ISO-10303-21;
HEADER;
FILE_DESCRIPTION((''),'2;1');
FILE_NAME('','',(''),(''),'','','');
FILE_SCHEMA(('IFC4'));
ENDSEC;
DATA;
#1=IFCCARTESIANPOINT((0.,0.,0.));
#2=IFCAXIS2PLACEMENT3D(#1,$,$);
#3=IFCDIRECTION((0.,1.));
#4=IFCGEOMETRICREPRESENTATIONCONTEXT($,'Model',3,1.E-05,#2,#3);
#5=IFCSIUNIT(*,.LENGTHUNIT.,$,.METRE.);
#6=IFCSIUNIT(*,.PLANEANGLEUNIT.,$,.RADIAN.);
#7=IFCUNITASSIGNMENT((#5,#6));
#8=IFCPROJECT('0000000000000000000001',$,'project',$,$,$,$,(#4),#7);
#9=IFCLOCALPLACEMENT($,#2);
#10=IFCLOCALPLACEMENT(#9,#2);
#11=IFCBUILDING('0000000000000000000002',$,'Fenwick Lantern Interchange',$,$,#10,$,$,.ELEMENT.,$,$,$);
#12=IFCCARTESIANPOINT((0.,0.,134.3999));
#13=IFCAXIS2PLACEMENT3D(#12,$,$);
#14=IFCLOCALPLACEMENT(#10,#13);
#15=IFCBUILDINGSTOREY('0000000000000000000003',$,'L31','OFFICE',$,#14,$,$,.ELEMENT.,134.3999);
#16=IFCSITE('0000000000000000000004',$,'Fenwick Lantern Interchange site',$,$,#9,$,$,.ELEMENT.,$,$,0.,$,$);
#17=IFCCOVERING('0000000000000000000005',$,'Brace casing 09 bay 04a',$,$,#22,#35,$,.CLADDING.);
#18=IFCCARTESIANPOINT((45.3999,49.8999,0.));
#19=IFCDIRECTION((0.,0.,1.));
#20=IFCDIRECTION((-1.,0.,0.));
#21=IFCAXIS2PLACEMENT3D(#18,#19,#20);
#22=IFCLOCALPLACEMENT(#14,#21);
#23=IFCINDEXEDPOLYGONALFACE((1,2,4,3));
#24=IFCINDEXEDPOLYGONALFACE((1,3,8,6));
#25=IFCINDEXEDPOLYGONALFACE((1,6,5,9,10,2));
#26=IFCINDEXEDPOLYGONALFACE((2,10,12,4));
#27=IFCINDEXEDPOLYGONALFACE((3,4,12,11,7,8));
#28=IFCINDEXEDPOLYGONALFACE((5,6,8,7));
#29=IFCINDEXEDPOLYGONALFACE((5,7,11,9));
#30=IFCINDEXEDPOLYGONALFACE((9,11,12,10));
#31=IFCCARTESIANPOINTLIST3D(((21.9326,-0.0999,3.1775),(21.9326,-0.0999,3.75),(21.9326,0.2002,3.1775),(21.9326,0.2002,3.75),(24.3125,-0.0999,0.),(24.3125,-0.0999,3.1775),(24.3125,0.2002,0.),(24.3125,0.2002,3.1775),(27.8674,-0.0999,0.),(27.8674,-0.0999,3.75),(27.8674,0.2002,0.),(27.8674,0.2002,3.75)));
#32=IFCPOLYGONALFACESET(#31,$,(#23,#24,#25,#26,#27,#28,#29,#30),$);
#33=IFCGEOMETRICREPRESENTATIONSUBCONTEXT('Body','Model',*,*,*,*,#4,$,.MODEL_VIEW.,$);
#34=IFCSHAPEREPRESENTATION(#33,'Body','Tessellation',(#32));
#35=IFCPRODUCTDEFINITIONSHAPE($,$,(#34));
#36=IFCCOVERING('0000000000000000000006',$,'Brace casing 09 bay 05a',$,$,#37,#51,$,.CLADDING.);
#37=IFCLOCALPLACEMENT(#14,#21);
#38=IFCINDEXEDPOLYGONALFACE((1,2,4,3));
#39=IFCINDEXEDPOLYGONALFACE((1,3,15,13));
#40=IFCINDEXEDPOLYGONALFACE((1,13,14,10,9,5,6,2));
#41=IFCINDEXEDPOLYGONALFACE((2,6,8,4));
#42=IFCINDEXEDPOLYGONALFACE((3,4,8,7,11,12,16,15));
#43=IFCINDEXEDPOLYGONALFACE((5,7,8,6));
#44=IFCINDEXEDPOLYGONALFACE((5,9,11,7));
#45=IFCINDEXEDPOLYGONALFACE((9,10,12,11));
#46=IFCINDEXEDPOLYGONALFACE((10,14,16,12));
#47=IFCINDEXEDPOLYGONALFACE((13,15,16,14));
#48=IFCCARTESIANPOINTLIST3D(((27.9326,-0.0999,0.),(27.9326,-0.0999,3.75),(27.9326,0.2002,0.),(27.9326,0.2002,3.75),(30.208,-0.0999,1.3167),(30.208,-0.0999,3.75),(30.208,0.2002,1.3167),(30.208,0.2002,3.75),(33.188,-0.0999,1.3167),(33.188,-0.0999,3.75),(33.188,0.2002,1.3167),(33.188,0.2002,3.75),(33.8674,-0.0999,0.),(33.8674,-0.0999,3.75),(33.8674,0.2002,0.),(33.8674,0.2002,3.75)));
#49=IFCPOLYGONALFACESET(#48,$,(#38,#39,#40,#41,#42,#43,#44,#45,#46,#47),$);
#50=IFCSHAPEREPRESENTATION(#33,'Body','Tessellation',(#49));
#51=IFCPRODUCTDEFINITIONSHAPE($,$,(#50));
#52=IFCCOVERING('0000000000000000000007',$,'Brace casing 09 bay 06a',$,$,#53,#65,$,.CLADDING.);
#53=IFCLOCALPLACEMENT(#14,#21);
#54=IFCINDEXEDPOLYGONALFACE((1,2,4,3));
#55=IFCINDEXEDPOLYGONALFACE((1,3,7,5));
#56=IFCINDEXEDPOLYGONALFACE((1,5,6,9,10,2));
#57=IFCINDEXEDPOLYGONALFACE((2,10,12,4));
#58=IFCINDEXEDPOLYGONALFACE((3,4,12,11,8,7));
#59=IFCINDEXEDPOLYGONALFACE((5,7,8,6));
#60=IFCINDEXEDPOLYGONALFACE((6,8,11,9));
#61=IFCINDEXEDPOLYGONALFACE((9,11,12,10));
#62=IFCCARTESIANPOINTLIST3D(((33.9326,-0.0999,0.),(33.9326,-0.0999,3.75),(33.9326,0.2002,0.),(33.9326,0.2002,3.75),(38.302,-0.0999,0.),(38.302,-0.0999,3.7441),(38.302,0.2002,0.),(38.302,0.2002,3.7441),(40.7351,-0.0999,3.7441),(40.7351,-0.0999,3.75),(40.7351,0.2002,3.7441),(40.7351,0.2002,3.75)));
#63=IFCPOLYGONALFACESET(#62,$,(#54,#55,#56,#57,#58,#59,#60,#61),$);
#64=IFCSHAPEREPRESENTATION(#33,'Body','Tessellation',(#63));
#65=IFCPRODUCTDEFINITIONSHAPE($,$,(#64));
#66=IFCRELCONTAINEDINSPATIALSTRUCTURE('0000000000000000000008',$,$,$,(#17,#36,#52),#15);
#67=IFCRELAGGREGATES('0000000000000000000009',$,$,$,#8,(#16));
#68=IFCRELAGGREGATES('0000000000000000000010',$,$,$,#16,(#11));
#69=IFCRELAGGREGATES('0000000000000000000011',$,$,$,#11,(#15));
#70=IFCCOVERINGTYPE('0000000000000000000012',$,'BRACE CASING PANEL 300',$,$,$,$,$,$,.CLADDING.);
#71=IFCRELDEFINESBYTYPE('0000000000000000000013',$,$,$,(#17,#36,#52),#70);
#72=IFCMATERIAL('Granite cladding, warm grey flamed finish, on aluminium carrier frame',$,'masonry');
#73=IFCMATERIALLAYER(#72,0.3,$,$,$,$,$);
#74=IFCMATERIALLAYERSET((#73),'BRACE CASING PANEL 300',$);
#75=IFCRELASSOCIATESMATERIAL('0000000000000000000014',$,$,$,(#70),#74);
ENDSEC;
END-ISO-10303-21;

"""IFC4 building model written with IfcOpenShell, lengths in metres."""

from ifc_helpers import new_model, si_unit, direction, frame, origin, place, context, subcontext, project, spatial, polyline, outline, extrude, material, layer, layer_set, type_object, element, save


model = new_model("IFC4")

# Units and contexts
model_context = context("Model", 3, precision=1e-05, world=origin(), true_north=direction((0.0, 1.0)))
body_context = subcontext(model_context, "Body", "Model", "MODEL_VIEW")
ifc_project = project(units=[si_unit("LENGTHUNIT", "METRE"), si_unit("PLANEANGLEUNIT", "RADIAN")], contexts=[model_context])

# Site, building, storey
site_placement = place(None, origin())
site = spatial("IfcSite", under=ifc_project, at=site_placement, Name="Fenwick Lantern Interchange site", CompositionType="ELEMENT", RefElevation=0.0)
building_placement = place(site_placement, origin())
building = spatial("IfcBuilding", under=site, at=building_placement, Name="Fenwick Lantern Interchange", CompositionType="ELEMENT")
storey_placement = place(building_placement, frame((0.0, 0.0, 134.3999)))
storey = spatial("IfcBuildingStorey", under=building, at=storey_placement, Name="L31", Description="OFFICE", CompositionType="ELEMENT", Elevation=134.3999)

# Coverings
ifc_material_1 = material(Name="Granite cladding, warm grey flamed finish, on aluminium carrier frame", Category="masonry")
ifc_layer_1 = layer(ifc_material_1, 0.3)
ifc_layer_set_1 = layer_set([ifc_layer_1], Name="BRACE CASING PANEL 300")
covering_type = type_object("IfcCoveringType", Name="BRACE CASING PANEL 300", PredefinedType="CLADDING", material=ifc_layer_set_1)
covering_1_placement = place(storey_placement, frame((45.3999, 49.8999, 0.0), z_axis=(0.0, 0.0, 1.0), x_axis=(-1.0, 0.0, 0.0)))
element("IfcCovering", 1, at=covering_1_placement, inside=storey, type_object=covering_type, Name="Brace casing 09 bay 04a", PredefinedType="CLADDING", context=body_context, shape_type="SweptSolid", body=[
    extrude(outline(polyline([(24.3125, 0.0), (27.8674, 0.0), (27.8674, 3.75), (21.9326, 3.75), (21.9326, 3.1775), (24.3125, 3.1775), (24.3125, 0.0)])), frame((0.0, 0.2002, 0.0), z_axis=(0.0, -1.0, 0.0), x_axis=(1.0, 0.0, 0.0)), (0.0, 0.0, 1.0), 0.3),
])
covering_2_placement = place(storey_placement, frame((45.3999, 49.8999, 0.0), z_axis=(0.0, 0.0, 1.0), x_axis=(-1.0, 0.0, 0.0)))
element("IfcCovering", 2, at=covering_2_placement, inside=storey, type_object=covering_type, Name="Brace casing 09 bay 05a", PredefinedType="CLADDING", context=body_context, shape_type="SweptSolid", body=[
    extrude(outline(polyline([(27.9326, 0.0), (33.8674, 0.0), (33.8674, 3.75), (33.188, 3.75), (33.188, 1.3167), (30.208, 1.3167), (30.208, 3.75), (27.9326, 3.75), (27.9326, 0.0)])), frame((0.0, 0.2002, 0.0), z_axis=(0.0, -1.0, 0.0), x_axis=(1.0, 0.0, 0.0)), (0.0, 0.0, 1.0), 0.3),
])
covering_3_placement = place(storey_placement, frame((45.3999, 49.8999, 0.0), z_axis=(0.0, 0.0, 1.0), x_axis=(-1.0, 0.0, 0.0)))
element("IfcCovering", 3, at=covering_3_placement, inside=storey, type_object=covering_type, Name="Brace casing 09 bay 06a", PredefinedType="CLADDING", context=body_context, shape_type="SweptSolid", body=[
    extrude(outline(polyline([(33.9326, 0.0), (38.302, 0.0), (38.302, 3.7441), (40.7351, 3.7441), (40.7351, 3.75), (33.9326, 3.75), (33.9326, 0.0)])), frame((0.0, 0.2002, 0.0), z_axis=(0.0, -1.0, 0.0), x_axis=(1.0, 0.0, 0.0)), (0.0, 0.0, 1.0), 0.3),
])

save(model, "model.ifc")
